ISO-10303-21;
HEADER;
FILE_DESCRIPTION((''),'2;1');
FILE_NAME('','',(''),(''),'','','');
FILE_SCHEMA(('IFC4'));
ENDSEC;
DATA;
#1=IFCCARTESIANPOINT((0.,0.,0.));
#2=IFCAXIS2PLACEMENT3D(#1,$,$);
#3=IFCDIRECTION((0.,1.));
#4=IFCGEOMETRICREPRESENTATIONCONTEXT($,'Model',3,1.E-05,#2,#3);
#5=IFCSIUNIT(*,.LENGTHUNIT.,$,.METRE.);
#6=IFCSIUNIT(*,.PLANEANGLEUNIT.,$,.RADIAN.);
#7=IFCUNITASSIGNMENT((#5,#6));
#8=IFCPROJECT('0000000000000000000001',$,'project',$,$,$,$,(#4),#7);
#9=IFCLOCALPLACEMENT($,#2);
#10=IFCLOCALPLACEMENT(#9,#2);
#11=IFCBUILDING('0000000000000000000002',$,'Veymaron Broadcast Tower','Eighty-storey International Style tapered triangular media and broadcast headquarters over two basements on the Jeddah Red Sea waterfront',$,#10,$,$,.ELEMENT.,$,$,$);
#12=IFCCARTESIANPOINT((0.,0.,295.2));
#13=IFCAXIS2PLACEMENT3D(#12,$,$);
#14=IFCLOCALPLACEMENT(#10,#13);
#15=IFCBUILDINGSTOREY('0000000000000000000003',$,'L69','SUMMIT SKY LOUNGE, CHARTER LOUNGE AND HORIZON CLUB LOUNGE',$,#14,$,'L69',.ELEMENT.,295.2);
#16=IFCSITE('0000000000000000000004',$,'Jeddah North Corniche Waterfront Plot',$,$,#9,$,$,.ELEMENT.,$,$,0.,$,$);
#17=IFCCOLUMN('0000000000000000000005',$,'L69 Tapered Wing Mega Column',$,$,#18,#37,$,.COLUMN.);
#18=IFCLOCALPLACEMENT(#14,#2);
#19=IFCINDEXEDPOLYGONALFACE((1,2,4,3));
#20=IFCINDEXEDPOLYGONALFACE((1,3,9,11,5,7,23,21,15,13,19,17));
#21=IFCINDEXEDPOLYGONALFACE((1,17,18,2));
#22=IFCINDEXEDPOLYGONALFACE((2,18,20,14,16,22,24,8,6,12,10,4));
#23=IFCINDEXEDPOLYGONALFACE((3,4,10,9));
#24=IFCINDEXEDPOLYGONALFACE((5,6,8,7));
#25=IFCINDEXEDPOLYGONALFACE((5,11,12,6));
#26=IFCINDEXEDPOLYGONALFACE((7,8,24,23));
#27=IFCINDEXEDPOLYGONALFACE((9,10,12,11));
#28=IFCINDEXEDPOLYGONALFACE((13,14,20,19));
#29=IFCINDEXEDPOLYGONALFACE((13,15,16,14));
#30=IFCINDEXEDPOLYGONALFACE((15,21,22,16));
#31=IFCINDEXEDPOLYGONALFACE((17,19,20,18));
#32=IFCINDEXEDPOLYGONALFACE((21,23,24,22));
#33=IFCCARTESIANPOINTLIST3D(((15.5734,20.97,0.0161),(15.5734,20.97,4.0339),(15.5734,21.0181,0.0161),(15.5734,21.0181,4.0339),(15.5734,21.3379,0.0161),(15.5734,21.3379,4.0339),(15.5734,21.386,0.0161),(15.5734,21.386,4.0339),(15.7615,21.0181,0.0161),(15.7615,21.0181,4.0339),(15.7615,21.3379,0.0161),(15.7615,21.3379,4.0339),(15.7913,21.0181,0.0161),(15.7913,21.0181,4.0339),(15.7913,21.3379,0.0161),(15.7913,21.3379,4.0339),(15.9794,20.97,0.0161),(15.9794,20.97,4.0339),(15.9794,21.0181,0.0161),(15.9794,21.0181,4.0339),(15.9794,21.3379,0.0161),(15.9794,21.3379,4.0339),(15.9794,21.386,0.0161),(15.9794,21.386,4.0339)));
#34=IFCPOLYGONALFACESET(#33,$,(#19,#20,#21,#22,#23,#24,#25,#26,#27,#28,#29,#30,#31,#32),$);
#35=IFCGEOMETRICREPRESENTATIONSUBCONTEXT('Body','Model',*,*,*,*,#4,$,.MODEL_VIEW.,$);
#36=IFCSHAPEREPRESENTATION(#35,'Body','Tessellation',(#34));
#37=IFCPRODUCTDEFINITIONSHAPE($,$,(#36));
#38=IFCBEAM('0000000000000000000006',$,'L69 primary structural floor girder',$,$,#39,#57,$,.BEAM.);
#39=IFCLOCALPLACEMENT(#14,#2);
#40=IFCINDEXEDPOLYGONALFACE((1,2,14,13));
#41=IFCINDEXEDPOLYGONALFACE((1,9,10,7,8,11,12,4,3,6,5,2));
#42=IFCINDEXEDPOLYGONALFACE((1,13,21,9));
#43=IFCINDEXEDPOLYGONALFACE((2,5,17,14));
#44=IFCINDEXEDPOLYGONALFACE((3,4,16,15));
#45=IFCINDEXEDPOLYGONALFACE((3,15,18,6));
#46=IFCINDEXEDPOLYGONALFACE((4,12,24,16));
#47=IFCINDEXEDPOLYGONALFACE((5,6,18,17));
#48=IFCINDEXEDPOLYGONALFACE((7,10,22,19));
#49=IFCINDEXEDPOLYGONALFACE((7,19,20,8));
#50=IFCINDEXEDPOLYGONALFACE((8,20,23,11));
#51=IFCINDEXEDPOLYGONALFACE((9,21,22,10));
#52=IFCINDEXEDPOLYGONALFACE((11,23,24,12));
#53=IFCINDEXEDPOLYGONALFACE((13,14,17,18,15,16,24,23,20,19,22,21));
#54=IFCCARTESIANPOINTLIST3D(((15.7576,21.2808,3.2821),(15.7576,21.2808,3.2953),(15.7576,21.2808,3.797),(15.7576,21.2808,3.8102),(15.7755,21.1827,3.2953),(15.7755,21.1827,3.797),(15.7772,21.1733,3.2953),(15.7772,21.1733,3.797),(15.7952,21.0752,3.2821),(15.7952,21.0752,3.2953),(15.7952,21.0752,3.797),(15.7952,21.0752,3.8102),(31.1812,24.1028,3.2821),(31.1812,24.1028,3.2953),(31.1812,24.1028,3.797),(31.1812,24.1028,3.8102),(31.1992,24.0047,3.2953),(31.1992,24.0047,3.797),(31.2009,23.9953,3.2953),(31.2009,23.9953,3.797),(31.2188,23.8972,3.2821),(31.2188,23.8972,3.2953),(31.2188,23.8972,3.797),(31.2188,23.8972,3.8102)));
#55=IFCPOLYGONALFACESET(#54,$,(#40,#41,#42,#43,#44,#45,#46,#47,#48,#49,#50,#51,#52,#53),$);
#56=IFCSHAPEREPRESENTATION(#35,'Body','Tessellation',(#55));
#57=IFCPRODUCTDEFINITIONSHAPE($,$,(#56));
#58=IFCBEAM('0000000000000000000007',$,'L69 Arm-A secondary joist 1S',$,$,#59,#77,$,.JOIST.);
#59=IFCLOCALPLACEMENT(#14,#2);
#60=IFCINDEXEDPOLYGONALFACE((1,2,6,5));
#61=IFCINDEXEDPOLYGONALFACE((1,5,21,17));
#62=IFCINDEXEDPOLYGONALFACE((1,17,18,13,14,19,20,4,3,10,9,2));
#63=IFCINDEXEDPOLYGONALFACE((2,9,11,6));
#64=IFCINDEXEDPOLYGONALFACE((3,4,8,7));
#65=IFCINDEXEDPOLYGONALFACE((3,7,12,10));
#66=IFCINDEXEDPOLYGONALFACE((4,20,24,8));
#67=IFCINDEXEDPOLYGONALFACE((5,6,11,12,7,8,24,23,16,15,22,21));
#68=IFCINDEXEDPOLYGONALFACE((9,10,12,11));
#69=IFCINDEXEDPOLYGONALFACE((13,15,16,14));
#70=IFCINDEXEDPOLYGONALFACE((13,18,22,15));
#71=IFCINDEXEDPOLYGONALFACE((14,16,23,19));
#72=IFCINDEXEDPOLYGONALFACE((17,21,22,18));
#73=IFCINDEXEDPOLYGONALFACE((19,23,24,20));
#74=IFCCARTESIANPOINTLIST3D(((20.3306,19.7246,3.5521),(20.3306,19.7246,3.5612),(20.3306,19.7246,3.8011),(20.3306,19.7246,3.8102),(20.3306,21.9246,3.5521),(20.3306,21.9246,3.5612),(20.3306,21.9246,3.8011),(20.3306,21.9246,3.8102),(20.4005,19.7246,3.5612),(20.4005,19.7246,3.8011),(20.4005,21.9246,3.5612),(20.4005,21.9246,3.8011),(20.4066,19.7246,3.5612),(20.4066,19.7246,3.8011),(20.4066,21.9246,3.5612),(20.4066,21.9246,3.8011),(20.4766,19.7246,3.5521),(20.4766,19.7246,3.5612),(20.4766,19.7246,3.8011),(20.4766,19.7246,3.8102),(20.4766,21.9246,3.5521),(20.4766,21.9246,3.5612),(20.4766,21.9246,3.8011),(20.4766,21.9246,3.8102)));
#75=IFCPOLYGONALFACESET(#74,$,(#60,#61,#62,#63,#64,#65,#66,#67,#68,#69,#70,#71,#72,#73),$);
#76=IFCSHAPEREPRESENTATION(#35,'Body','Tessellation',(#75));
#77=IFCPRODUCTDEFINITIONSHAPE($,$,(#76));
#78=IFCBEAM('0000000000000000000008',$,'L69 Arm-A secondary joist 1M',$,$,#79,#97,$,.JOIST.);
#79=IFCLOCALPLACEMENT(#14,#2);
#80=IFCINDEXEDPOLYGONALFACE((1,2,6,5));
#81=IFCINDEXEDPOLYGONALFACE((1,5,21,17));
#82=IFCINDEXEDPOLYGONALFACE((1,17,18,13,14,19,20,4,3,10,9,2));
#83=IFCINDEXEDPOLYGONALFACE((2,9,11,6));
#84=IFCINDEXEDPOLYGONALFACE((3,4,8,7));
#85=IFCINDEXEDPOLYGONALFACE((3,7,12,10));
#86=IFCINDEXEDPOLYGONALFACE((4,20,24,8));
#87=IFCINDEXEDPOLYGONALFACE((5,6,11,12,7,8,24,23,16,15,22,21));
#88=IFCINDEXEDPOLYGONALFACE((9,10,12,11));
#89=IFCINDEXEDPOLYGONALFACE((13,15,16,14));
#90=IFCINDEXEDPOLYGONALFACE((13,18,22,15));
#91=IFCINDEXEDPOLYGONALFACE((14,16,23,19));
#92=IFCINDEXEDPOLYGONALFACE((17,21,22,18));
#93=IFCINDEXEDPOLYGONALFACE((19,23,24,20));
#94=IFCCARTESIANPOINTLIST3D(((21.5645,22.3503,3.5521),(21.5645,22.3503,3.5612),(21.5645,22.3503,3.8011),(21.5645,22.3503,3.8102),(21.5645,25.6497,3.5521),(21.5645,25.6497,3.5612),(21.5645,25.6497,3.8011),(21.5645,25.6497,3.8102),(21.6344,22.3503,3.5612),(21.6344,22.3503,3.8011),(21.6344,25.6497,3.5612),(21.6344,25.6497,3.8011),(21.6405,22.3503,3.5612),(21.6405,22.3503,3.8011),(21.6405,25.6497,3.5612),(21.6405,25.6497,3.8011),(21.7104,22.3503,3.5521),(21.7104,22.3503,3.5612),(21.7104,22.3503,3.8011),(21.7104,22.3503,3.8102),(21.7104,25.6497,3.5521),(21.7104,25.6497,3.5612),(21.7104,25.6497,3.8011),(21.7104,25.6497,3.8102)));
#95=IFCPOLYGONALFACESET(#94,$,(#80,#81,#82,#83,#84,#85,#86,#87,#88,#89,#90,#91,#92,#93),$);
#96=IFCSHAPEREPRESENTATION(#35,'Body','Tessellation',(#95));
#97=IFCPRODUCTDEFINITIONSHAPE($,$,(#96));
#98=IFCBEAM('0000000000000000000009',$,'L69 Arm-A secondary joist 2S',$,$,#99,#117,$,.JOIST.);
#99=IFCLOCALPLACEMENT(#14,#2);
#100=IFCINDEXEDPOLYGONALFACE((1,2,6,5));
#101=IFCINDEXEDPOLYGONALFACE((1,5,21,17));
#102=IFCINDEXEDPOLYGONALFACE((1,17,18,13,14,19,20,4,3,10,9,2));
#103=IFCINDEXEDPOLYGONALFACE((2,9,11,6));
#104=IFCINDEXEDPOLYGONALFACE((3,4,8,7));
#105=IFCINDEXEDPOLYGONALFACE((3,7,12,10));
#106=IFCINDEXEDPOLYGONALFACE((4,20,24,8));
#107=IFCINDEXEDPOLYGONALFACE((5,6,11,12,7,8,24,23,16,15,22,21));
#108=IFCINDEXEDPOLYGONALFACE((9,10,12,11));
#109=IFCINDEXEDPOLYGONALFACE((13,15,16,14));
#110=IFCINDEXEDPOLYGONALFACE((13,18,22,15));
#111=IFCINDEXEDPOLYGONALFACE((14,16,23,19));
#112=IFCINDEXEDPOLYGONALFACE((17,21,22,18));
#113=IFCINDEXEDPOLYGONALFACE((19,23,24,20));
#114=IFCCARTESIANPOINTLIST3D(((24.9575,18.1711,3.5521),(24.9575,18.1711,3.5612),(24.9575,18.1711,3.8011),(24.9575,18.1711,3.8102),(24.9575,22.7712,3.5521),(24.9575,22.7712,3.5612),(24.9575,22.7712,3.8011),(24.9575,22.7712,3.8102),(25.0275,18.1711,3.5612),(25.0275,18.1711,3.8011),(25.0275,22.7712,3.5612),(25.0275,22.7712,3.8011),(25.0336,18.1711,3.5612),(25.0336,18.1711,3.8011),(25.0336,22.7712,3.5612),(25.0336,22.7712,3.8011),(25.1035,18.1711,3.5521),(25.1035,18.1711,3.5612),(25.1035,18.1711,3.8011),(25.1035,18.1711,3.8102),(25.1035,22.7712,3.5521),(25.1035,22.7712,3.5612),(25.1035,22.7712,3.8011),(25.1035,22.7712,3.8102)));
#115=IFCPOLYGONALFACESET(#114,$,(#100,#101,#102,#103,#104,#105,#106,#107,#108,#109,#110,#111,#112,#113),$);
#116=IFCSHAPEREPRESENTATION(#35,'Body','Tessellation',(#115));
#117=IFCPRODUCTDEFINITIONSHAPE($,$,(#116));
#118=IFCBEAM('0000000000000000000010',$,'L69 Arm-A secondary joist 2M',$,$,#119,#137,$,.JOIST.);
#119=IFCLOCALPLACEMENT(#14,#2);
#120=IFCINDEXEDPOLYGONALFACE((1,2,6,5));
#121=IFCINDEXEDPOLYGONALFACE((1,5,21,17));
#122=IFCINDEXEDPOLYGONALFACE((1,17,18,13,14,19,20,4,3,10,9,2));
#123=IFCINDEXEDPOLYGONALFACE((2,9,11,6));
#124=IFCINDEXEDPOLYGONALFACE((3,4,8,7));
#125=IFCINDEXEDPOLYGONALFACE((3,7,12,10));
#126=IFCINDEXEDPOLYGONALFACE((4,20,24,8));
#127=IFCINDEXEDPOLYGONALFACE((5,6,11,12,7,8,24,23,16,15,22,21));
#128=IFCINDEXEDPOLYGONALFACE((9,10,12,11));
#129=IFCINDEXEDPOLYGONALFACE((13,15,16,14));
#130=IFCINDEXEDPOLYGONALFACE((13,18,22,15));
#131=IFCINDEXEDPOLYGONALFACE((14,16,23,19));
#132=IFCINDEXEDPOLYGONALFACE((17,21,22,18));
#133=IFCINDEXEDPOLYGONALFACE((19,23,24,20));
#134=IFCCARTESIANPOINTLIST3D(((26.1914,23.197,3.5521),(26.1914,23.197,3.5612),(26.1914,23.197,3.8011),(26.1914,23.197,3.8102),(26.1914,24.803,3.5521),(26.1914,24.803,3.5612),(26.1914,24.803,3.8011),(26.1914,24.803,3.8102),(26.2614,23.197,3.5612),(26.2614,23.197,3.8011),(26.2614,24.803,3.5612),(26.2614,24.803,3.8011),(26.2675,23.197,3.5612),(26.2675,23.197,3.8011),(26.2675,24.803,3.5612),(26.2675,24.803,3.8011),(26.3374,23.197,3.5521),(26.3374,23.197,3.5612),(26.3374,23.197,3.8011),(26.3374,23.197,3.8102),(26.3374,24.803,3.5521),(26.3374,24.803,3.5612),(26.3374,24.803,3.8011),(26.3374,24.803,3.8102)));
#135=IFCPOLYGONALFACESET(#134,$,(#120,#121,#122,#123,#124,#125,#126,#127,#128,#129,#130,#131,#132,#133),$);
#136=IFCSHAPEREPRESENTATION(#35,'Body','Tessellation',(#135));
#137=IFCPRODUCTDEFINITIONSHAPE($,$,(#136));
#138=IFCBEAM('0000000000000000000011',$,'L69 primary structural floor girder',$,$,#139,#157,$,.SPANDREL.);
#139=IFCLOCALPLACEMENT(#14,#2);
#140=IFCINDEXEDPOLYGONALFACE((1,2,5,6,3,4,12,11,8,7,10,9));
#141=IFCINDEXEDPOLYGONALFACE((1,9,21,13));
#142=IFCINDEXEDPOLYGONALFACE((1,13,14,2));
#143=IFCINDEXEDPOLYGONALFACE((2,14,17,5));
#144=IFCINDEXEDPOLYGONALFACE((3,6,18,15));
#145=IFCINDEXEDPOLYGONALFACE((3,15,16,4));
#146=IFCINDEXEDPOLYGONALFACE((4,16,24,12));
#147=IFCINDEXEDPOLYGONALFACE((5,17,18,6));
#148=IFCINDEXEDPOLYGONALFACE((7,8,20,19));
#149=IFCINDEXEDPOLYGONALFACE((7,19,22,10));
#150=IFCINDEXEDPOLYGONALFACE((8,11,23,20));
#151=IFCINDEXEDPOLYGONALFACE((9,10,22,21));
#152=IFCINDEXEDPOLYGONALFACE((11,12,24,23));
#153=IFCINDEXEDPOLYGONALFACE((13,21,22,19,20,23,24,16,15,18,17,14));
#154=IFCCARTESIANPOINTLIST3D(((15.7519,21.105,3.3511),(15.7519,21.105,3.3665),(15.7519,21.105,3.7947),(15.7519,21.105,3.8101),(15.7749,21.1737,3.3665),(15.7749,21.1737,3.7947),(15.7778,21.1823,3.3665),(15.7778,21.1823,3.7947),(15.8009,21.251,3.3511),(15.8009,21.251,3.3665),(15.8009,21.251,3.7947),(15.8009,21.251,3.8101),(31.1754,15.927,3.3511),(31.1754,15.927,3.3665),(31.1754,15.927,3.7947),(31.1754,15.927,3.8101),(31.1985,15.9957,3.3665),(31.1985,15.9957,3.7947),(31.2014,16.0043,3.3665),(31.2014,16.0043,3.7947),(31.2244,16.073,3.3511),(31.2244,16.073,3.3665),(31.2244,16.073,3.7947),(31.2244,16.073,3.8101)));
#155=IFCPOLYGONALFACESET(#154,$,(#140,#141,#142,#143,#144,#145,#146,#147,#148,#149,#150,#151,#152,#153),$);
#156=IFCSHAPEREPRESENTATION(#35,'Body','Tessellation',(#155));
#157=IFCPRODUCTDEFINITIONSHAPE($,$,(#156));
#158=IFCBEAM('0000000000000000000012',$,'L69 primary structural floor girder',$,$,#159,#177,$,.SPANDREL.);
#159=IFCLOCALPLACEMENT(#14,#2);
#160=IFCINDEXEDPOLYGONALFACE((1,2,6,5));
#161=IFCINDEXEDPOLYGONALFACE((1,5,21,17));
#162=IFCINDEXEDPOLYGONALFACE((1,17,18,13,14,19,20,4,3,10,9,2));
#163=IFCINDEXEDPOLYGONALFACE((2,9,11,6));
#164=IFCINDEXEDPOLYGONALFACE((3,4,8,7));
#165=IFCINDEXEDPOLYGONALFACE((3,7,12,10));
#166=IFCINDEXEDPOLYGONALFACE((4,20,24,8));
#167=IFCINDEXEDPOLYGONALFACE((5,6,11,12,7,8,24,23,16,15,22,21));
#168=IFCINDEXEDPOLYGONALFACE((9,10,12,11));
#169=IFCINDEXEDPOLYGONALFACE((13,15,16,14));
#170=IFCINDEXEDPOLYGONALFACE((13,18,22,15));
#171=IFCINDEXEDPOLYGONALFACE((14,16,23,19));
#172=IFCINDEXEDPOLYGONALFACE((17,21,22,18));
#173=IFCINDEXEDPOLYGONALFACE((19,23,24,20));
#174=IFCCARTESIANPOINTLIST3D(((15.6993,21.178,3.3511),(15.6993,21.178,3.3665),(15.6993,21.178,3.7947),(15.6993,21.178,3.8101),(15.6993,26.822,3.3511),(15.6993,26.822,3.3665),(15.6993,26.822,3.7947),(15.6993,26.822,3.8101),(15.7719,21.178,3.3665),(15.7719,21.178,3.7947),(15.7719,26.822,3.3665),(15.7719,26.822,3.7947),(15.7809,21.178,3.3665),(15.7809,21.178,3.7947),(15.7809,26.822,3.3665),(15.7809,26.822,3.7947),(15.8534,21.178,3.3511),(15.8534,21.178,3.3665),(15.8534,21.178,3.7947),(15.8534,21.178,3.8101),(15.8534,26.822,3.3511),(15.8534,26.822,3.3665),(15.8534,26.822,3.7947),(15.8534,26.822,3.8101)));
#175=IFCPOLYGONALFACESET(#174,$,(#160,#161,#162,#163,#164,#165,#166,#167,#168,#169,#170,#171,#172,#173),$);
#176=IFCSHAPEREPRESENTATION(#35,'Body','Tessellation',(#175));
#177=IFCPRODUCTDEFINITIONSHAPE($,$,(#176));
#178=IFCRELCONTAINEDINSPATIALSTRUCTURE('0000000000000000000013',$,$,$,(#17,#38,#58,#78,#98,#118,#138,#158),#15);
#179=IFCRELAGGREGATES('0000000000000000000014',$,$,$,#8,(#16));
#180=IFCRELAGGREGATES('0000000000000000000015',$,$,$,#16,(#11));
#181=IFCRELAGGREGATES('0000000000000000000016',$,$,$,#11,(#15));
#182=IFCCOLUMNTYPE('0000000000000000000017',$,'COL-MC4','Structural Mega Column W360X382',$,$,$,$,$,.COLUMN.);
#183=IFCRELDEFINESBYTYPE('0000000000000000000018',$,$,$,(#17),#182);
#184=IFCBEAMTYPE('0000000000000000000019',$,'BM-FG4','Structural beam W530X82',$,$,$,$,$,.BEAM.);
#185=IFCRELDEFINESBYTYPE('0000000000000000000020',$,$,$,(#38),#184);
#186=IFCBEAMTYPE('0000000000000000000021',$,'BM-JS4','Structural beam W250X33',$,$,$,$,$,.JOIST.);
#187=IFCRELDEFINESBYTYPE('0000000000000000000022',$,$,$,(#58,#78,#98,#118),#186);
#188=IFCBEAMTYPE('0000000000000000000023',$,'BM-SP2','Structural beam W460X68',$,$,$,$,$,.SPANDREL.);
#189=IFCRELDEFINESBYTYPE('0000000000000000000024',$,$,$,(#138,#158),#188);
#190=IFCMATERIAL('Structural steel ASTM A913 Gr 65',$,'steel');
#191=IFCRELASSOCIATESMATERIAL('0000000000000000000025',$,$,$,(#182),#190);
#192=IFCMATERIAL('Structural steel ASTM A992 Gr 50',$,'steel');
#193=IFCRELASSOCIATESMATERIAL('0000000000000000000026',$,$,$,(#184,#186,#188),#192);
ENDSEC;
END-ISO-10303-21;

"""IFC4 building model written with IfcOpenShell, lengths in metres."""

from ifc_helpers import new_model, si_unit, direction, frame, origin, origin_2d, place, context, subcontext, project, spatial, i_section, extrude, material, material_profile, profile_set, type_object, element, save


model = new_model("IFC4")

# Units and contexts
model_context = context("Model", 3, precision=1e-05, world=origin(), true_north=direction((0.0, 1.0)))
body_context = subcontext(model_context, "Body", "Model", "MODEL_VIEW")
ifc_project = project(units=[si_unit("LENGTHUNIT", "METRE"), si_unit("PLANEANGLEUNIT", "RADIAN")], contexts=[model_context])

# Site, building, storey
site_placement = place(None, origin())
site = spatial("IfcSite", under=ifc_project, at=site_placement, Name="Jeddah North Corniche Waterfront Plot", CompositionType="ELEMENT", RefElevation=0.0)
building_placement = place(site_placement, origin())
building = spatial("IfcBuilding", under=site, at=building_placement, Name="Veymaron Broadcast Tower", Description="Eighty-storey International Style tapered triangular media and broadcast headquarters over two basements on the Jeddah Red Sea waterfront", CompositionType="ELEMENT")
storey_placement = place(building_placement, frame((0.0, 0.0, 295.2)))
storey = spatial("IfcBuildingStorey", under=building, at=storey_placement, Name="L69", Description="SUMMIT SKY LOUNGE, CHARTER LOUNGE AND HORIZON CLUB LOUNGE", LongName="L69", CompositionType="ELEMENT", Elevation=295.2)

# Column
ifc_material_1 = material(Name="Structural steel ASTM A913 Gr 65", Category="steel")
ifc_material_profile_1 = material_profile(ifc_material_1, i_section(OverallWidth=0.406, OverallDepth=0.416, WebThickness=0.0298, FlangeThickness=0.0481, at=origin_2d()), Name="W360X382")
ifc_profile_set_1 = profile_set([ifc_material_profile_1], Name="Structural steel ASTM A913 Gr 65")
column_type = type_object("IfcColumnType", Name="COL-MC4", Description="Structural Mega Column W360X382", PredefinedType="COLUMN", material=ifc_profile_set_1)
column_placement = place(storey_placement, frame((15.7764, 21.178, 0.0161), z_axis=(0.0, 0.0, 1.0), x_axis=(1.0, 0.0, 0.0)))
element("IfcColumn", 1, at=column_placement, inside=storey, type_object=column_type, Name="L69 Tapered Wing Mega Column", PredefinedType="COLUMN", context=body_context, shape_type="SweptSolid", body=[
    extrude(i_section(OverallWidth=0.406, OverallDepth=0.416, WebThickness=0.0298, FlangeThickness=0.0481, at=origin_2d()), origin(), (0.0, 0.0, 1.0), 4.0178),
])

# Beams
ifc_material_2 = material(Name="Structural steel ASTM A992 Gr 50", Category="steel")
ifc_material_profile_2 = material_profile(ifc_material_2, i_section(OverallWidth=0.209, OverallDepth=0.5281, WebThickness=0.0095, FlangeThickness=0.0132, at=origin_2d()), Name="W530X82")
ifc_profile_set_2 = profile_set([ifc_material_profile_2], Name="Structural steel ASTM A992 Gr 50")
beam_type_1 = type_object("IfcBeamType", Name="BM-FG4", Description="Structural beam W530X82", PredefinedType="BEAM", material=ifc_profile_set_2)
beam_1_placement = place(storey_placement, frame((15.7764, 21.178, 3.5461), z_axis=(0.98367, 0.17998, 0.0), x_axis=(-0.17998, 0.98367, 0.0)))
element("IfcBeam", 2, at=beam_1_placement, inside=storey, type_object=beam_type_1, Name="L69 primary structural floor girder", PredefinedType="BEAM", context=body_context, shape_type="SweptSolid", body=[
    extrude(i_section(OverallWidth=0.209, OverallDepth=0.5281, WebThickness=0.0095, FlangeThickness=0.0132, at=origin_2d()), origin(), (0.0, 0.0, 1.0), 15.6797),
])
ifc_material_profile_3 = material_profile(ifc_material_2, i_section(OverallWidth=0.146, OverallDepth=0.2581, WebThickness=0.0061, FlangeThickness=0.009, at=origin_2d()), Name="W250X33")
ifc_profile_set_3 = profile_set([ifc_material_profile_3], Name="Structural steel ASTM A992 Gr 50")
beam_type_2 = type_object("IfcBeamType", Name="BM-JS4", Description="Structural beam W250X33", PredefinedType="JOIST", material=ifc_profile_set_3)
beam_2_placement = place(storey_placement, frame((20.4036, 19.7246, 3.6812), z_axis=(0.0, 1.0, 0.0), x_axis=(-1.0, 0.0, 0.0)))
element("IfcBeam", 3, at=beam_2_placement, inside=storey, type_object=beam_type_2, Name="L69 Arm-A secondary joist 1S", PredefinedType="JOIST", context=body_context, shape_type="SweptSolid", body=[
    extrude(i_section(OverallWidth=0.146, OverallDepth=0.2581, WebThickness=0.0061, FlangeThickness=0.009, at=origin_2d()), origin(), (0.0, 0.0, 1.0), 2.2),
])
beam_3_placement = place(storey_placement, frame((21.6375, 22.3503, 3.6812), z_axis=(0.0, 1.0, 0.0), x_axis=(-1.0, 0.0, 0.0)))
element("IfcBeam", 4, at=beam_3_placement, inside=storey, type_object=beam_type_2, Name="L69 Arm-A secondary joist 1M", PredefinedType="JOIST", context=body_context, shape_type="SweptSolid", body=[
    extrude(i_section(OverallWidth=0.146, OverallDepth=0.2581, WebThickness=0.0061, FlangeThickness=0.009, at=origin_2d()), origin(), (0.0, 0.0, 1.0), 3.2993),
])
beam_4_placement = place(storey_placement, frame((25.0305, 18.1711, 3.6812), z_axis=(0.0, 1.0, 0.0), x_axis=(-1.0, 0.0, 0.0)))
element("IfcBeam", 5, at=beam_4_placement, inside=storey, type_object=beam_type_2, Name="L69 Arm-A secondary joist 2S", PredefinedType="JOIST", context=body_context, shape_type="SweptSolid", body=[
    extrude(i_section(OverallWidth=0.146, OverallDepth=0.2581, WebThickness=0.0061, FlangeThickness=0.009, at=origin_2d()), origin(), (0.0, 0.0, 1.0), 4.6001),
])
beam_5_placement = place(storey_placement, frame((26.2644, 23.197, 3.6812), z_axis=(0.0, 1.0, 0.0), x_axis=(-1.0, 0.0, 0.0)))
element("IfcBeam", 6, at=beam_5_placement, inside=storey, type_object=beam_type_2, Name="L69 Arm-A secondary joist 2M", PredefinedType="JOIST", context=body_context, shape_type="SweptSolid", body=[
    extrude(i_section(OverallWidth=0.146, OverallDepth=0.2581, WebThickness=0.0061, FlangeThickness=0.009, at=origin_2d()), origin(), (0.0, 0.0, 1.0), 1.606),
])
ifc_material_profile_4 = material_profile(ifc_material_2, i_section(OverallWidth=0.1541, OverallDepth=0.459, WebThickness=0.009, FlangeThickness=0.0154, at=origin_2d()), Name="W460X68")
ifc_profile_set_4 = profile_set([ifc_material_profile_4], Name="Structural steel ASTM A992 Gr 50")
beam_type_3 = type_object("IfcBeamType", Name="BM-SP2", Description="Structural beam W460X68", PredefinedType="SPANDREL", material=ifc_profile_set_4)
beam_6_placement = place(storey_placement, frame((15.7764, 21.178, 3.5806), z_axis=(0.948003, -0.318262, 0.0), x_axis=(0.318262, 0.948003, 0.0)))
element("IfcBeam", 7, at=beam_6_placement, inside=storey, type_object=beam_type_3, Name="L69 primary structural floor girder", PredefinedType="SPANDREL", context=body_context, shape_type="SweptSolid", body=[
    extrude(i_section(OverallWidth=0.1541, OverallDepth=0.459, WebThickness=0.009, FlangeThickness=0.0154, at=origin_2d()), origin(), (0.0, 0.0, 1.0), 16.2695),
])
beam_7_placement = place(storey_placement, frame((15.7764, 21.178, 3.5806), z_axis=(0.0, 1.0, 0.0), x_axis=(-1.0, 0.0, 0.0)))
element("IfcBeam", 8, at=beam_7_placement, inside=storey, type_object=beam_type_3, Name="L69 primary structural floor girder", PredefinedType="SPANDREL", context=body_context, shape_type="SweptSolid", body=[
    extrude(i_section(OverallWidth=0.1541, OverallDepth=0.459, WebThickness=0.009, FlangeThickness=0.0154, at=origin_2d()), origin(), (0.0, 0.0, 1.0), 5.644),
])

save(model, "model.ifc")
